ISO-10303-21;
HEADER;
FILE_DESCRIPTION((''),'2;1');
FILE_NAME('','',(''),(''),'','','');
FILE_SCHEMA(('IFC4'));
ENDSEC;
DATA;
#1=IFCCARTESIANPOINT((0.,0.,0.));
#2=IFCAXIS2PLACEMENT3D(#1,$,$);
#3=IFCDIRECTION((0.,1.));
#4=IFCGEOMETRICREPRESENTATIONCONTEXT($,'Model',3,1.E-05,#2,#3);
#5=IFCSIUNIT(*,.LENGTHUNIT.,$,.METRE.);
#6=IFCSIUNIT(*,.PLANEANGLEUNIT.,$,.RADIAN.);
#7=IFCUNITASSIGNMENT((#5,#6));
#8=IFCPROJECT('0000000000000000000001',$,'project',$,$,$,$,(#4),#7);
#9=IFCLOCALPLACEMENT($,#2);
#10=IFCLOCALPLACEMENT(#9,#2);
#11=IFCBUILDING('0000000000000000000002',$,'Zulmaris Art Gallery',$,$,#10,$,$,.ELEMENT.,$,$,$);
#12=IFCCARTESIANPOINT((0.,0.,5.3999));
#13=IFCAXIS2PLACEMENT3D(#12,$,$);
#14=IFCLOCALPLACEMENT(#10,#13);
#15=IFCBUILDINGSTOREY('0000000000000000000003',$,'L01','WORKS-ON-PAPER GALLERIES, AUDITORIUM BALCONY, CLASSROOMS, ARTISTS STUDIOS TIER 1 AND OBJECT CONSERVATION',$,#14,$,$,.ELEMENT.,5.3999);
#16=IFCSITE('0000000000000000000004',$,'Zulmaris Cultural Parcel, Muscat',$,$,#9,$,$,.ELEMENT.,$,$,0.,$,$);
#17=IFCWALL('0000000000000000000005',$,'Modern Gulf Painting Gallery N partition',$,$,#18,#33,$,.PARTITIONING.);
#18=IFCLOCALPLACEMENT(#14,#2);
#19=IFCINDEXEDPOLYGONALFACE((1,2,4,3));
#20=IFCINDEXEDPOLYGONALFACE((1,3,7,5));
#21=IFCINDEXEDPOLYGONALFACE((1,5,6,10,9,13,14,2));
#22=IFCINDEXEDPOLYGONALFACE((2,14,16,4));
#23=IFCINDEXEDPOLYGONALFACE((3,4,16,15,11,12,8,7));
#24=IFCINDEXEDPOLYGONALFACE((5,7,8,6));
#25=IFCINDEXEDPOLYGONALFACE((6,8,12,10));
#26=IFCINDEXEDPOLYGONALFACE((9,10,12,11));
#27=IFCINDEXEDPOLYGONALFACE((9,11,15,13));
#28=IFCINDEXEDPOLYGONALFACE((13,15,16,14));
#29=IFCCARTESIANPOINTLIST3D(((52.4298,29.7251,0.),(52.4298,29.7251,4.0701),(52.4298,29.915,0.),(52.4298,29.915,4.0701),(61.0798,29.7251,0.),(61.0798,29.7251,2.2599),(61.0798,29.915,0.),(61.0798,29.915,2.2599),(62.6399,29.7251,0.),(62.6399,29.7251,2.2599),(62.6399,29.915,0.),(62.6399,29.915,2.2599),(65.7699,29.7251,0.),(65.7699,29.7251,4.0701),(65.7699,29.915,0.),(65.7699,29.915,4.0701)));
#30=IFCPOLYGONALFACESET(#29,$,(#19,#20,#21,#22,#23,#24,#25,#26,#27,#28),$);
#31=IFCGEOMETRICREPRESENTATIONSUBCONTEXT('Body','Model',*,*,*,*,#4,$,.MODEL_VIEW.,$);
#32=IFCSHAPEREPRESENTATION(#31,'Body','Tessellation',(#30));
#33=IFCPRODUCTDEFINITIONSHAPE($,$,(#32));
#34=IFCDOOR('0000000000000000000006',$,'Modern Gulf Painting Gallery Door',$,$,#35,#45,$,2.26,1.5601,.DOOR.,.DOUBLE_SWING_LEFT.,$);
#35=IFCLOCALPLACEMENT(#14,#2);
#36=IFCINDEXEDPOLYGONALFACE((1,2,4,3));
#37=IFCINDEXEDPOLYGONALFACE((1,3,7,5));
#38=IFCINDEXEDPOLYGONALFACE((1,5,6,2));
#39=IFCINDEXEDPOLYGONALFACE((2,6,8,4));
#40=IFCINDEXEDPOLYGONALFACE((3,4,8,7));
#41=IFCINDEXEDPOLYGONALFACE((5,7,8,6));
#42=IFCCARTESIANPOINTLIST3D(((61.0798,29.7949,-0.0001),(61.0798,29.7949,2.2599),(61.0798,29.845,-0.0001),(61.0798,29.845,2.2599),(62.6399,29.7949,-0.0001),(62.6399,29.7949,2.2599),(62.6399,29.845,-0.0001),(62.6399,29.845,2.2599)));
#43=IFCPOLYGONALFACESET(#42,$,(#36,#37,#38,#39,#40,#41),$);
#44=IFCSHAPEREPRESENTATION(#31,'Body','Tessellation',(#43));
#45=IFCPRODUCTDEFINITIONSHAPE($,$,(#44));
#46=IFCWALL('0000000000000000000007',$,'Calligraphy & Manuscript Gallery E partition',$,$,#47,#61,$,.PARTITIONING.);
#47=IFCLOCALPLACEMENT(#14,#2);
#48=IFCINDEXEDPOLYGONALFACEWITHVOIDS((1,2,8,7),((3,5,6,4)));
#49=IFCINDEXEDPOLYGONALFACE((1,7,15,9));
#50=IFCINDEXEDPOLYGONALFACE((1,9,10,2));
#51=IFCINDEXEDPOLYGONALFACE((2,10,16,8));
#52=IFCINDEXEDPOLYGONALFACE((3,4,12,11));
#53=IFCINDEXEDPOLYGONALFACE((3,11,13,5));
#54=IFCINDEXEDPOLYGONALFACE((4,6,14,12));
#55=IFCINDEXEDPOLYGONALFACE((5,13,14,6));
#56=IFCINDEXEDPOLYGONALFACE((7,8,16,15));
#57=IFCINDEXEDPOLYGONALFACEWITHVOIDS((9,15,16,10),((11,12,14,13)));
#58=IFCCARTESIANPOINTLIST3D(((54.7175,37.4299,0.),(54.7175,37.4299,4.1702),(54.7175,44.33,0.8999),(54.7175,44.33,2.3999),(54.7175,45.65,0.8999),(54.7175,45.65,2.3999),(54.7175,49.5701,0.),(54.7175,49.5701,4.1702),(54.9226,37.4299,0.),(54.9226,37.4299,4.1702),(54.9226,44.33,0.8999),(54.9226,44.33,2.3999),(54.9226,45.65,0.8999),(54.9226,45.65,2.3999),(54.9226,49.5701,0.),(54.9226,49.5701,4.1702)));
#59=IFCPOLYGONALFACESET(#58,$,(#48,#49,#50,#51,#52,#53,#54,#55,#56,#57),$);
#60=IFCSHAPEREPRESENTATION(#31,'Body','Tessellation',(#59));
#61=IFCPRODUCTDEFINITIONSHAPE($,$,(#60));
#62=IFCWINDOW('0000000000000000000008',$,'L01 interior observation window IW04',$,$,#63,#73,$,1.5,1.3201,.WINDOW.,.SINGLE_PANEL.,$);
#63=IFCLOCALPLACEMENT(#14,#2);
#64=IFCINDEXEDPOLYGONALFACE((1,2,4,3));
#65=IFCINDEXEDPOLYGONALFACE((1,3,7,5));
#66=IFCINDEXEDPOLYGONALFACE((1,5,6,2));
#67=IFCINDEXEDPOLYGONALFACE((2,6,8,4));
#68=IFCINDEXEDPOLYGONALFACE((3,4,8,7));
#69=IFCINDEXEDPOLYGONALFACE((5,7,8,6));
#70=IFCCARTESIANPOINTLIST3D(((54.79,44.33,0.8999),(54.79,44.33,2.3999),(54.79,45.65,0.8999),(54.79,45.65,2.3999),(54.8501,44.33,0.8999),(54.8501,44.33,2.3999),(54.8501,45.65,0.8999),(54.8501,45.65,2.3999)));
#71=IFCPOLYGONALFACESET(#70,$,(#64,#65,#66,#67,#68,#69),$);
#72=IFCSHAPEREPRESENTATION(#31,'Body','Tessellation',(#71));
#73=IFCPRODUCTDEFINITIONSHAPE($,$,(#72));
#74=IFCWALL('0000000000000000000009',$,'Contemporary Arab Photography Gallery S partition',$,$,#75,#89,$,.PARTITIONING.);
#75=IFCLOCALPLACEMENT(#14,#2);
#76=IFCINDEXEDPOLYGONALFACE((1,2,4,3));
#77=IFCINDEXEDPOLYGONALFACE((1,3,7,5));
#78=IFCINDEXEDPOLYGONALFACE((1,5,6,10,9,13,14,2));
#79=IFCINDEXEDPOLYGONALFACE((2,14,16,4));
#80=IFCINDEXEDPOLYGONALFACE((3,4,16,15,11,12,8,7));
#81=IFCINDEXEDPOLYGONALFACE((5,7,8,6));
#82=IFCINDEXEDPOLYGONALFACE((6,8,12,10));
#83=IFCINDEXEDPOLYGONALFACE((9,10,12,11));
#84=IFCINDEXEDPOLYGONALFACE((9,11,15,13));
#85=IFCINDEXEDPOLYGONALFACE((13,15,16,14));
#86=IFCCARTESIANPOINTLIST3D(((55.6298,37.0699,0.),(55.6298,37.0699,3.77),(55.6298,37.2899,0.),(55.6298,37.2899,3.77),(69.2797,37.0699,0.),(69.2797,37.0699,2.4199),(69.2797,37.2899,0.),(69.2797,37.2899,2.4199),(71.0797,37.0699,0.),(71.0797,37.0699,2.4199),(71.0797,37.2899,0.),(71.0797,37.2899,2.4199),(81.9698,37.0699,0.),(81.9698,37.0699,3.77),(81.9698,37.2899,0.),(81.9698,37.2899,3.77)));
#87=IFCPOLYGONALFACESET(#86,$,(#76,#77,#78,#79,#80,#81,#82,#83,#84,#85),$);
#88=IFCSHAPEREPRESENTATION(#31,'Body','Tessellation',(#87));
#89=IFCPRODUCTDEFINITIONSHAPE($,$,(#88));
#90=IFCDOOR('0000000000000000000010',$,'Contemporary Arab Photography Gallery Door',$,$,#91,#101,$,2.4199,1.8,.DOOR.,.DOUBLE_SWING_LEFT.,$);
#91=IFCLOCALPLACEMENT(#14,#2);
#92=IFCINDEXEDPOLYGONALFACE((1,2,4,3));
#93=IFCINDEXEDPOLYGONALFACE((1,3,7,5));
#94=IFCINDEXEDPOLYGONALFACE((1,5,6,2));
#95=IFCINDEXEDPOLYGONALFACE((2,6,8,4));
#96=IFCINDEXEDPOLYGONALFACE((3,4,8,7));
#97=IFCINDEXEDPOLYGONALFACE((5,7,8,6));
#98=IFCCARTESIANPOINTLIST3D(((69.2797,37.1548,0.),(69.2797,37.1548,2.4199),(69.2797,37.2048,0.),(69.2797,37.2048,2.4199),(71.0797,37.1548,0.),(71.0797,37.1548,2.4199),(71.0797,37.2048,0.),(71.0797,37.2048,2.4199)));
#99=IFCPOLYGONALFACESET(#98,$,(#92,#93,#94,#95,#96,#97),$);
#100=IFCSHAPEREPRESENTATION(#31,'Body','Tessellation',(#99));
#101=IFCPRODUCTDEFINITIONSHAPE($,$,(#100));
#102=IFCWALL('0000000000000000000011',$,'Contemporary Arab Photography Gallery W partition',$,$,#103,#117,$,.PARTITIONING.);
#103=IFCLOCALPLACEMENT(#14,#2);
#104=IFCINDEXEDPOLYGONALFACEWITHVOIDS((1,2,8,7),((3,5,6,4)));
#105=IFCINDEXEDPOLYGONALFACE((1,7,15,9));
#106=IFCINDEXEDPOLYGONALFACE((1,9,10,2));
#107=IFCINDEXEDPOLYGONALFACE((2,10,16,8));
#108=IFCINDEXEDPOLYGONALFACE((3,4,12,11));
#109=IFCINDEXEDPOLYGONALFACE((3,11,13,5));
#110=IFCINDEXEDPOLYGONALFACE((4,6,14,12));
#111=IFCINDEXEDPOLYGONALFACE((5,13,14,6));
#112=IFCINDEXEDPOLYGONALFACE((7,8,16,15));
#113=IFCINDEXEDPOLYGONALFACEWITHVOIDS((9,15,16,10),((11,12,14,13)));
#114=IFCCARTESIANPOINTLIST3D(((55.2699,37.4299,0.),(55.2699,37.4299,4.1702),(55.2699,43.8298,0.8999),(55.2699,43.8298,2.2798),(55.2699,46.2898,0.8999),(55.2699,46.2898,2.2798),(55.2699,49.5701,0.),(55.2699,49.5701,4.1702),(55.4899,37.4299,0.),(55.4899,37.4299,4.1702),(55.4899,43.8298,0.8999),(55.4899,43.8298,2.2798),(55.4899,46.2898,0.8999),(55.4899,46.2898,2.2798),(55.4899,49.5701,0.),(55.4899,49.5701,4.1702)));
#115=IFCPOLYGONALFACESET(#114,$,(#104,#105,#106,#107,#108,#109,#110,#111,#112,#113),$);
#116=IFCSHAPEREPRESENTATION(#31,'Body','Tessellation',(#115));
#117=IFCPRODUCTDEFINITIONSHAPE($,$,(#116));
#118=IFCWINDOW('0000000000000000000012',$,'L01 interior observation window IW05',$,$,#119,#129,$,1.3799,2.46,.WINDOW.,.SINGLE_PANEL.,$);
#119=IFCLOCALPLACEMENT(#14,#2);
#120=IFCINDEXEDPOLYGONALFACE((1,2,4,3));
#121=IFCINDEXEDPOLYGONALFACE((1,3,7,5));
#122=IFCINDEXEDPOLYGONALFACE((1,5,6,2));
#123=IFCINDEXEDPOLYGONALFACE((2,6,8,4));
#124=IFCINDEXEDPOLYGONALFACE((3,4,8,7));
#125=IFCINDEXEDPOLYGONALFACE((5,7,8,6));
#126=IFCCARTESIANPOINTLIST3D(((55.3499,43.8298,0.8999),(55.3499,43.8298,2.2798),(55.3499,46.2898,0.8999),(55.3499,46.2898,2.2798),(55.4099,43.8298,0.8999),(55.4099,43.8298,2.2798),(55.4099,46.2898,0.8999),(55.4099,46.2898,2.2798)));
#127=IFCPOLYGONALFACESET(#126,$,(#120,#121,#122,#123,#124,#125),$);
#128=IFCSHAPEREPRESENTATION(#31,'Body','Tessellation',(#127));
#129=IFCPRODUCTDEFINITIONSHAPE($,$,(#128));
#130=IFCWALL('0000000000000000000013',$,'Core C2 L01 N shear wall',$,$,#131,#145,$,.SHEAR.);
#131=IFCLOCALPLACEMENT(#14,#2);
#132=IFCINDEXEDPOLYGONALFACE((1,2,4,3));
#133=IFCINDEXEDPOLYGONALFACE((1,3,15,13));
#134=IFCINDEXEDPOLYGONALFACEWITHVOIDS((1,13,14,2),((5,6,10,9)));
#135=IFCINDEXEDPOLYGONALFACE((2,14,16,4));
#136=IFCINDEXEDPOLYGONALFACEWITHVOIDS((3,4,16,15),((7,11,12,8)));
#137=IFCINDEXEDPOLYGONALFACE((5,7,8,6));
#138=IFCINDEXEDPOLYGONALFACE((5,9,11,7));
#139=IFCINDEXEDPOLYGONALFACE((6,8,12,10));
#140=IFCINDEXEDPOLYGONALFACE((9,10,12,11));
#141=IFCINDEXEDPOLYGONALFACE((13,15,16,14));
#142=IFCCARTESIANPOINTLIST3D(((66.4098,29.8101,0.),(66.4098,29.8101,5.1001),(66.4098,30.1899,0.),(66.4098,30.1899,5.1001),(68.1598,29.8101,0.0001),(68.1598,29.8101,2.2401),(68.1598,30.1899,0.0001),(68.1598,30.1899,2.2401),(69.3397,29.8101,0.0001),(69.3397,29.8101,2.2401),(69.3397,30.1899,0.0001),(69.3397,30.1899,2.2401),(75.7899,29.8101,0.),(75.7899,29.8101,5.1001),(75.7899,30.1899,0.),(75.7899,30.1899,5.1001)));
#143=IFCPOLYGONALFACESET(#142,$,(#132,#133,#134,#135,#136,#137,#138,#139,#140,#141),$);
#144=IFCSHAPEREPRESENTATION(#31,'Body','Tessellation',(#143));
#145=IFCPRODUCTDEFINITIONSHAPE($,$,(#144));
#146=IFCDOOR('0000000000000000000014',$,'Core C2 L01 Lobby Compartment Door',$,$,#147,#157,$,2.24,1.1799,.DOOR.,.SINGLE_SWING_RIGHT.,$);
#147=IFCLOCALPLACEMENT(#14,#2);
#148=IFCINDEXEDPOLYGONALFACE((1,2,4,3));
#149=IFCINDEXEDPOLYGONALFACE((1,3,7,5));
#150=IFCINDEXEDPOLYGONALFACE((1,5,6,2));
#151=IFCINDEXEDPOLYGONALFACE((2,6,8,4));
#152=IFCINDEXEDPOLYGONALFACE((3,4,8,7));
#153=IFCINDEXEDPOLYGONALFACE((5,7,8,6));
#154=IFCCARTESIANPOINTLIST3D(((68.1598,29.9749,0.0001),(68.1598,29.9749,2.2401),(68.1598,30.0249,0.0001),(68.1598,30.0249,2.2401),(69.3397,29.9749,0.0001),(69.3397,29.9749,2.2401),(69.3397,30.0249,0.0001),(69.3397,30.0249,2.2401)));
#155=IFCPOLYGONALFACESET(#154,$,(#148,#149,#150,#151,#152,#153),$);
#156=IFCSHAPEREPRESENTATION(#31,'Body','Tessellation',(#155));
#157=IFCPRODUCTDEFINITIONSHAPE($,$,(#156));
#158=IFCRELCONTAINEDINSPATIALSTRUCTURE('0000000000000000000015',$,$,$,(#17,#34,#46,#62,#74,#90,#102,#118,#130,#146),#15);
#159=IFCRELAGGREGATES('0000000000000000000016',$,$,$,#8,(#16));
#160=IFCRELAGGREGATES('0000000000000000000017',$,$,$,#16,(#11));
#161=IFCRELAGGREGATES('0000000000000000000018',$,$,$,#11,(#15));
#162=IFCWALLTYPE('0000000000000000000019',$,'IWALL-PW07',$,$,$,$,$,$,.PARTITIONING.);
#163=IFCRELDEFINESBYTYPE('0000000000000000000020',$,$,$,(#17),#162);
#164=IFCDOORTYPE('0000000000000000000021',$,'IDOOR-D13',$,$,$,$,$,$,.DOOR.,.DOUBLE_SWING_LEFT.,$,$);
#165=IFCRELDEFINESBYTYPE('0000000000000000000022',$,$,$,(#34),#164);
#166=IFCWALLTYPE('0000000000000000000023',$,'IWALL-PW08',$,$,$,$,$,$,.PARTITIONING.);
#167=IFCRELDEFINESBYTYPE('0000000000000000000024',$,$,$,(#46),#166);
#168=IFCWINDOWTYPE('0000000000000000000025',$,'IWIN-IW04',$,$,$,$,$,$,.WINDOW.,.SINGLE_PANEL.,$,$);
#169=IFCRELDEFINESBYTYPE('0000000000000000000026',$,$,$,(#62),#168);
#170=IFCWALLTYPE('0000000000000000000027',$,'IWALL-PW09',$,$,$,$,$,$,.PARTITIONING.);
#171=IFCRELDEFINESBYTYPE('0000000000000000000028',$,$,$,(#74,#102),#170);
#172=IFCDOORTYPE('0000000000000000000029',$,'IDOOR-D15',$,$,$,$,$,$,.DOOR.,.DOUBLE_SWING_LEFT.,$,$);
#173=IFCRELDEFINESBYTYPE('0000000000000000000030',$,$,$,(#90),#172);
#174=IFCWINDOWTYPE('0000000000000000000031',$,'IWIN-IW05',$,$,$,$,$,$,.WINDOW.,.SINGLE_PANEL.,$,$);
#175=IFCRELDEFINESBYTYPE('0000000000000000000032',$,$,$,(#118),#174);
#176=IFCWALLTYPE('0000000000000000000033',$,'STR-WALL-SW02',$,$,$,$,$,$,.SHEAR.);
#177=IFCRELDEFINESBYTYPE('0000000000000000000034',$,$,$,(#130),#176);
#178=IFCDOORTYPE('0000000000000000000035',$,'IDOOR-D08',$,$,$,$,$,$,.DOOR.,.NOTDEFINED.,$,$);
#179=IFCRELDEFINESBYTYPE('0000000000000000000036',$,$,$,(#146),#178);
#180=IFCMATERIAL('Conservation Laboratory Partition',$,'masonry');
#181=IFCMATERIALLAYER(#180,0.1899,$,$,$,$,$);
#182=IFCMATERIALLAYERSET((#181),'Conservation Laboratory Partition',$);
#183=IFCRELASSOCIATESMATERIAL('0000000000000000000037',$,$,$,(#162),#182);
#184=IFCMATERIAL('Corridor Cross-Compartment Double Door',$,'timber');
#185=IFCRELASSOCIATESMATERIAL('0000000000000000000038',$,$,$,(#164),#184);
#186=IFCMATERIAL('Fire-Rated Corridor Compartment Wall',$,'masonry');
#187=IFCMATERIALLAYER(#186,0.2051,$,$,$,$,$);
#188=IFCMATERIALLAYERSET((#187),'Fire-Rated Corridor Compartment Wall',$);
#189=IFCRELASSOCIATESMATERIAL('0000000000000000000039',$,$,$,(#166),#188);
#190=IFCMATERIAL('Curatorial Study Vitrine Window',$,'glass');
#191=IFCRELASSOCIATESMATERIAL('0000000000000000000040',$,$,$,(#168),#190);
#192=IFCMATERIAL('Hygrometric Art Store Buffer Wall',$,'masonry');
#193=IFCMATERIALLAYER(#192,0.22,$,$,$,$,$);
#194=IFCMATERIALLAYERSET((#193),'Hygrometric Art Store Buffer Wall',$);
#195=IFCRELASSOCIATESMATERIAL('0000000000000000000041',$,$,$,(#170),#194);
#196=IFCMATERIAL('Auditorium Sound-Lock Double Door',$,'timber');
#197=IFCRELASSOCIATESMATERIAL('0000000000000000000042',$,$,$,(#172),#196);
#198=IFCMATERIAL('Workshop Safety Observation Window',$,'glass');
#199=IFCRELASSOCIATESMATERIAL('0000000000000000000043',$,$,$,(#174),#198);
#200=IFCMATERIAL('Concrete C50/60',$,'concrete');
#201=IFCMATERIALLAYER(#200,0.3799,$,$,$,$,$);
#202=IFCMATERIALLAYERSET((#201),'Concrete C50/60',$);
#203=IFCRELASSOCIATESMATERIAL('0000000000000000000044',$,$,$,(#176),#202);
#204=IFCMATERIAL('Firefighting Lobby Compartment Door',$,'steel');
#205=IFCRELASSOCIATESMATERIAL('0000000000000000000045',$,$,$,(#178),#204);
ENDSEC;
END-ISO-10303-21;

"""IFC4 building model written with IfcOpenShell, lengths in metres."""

from ifc_helpers import new_model, si_unit, direction, frame, frame_2d, origin, place, context, subcontext, project, spatial, rectangle, extrude, material, layer, layer_set, type_object, element, fill, save


model = new_model("IFC4")

# Units and contexts
model_context = context("Model", 3, precision=1e-05, world=origin(), true_north=direction((0.0, 1.0)))
body_context = subcontext(model_context, "Body", "Model", "MODEL_VIEW")
ifc_project = project(units=[si_unit("LENGTHUNIT", "METRE"), si_unit("PLANEANGLEUNIT", "RADIAN")], contexts=[model_context])

# Site, building, storey
site_placement = place(None, origin())
site = spatial("IfcSite", under=ifc_project, at=site_placement, Name="Zulmaris Cultural Parcel, Muscat", CompositionType="ELEMENT", RefElevation=0.0)
building_placement = place(site_placement, origin())
building = spatial("IfcBuilding", under=site, at=building_placement, Name="Zulmaris Art Gallery", CompositionType="ELEMENT")
storey_placement = place(building_placement, frame((0.0, 0.0, 5.3999)))
storey = spatial("IfcBuildingStorey", under=building, at=storey_placement, Name="L01", Description="WORKS-ON-PAPER GALLERIES, AUDITORIUM BALCONY, CLASSROOMS, ARTISTS STUDIOS TIER 1 AND OBJECT CONSERVATION", CompositionType="ELEMENT", Elevation=5.3999)

# Wall, opening, door
ifc_material_1 = material(Name="Conservation Laboratory Partition", Category="masonry")
ifc_layer_1 = layer(ifc_material_1, 0.1899)
ifc_layer_set_1 = layer_set([ifc_layer_1], Name="Conservation Laboratory Partition")
wall_type_1 = type_object("IfcWallType", Name="IWALL-PW07", PredefinedType="PARTITIONING", material=ifc_layer_set_1)
wall_1_placement = place(storey_placement, frame((52.4299, 29.8201, 0.0), z_axis=(0.0, 0.0, 1.0), x_axis=(1.0, 0.0, 0.0)))
wall_1 = element("IfcWall", 1, at=wall_1_placement, inside=storey, type_object=wall_type_1, Name="Modern Gulf Painting Gallery N partition", PredefinedType="PARTITIONING", context=body_context, shape_type="SweptSolid", body=[
    extrude(rectangle(XDim=13.3401, YDim=0.1899, at=frame_2d((6.6699, 0.0))), origin(), (0.0, 0.0, 1.0), 4.0701),
])
opening_1_placement = place(wall_1_placement, frame((8.6499, 0.0, 0.0)))
opening_1 = element("IfcOpeningElement", 2, at=opening_1_placement, cuts=wall_1, PredefinedType="OPENING", context=body_context, shape_type="SweptSolid", body=[
    extrude(rectangle(XDim=1.5601, YDim=2.26, at=frame_2d((0.78, 1.1299))), frame((0.0, 0.105, 0.0), z_axis=(0.0, -1.0, 0.0), x_axis=(1.0, 0.0, 0.0)), (0.0, 0.0, 1.0), 0.21),
])
ifc_material_2 = material(Name="Corridor Cross-Compartment Double Door", Category="timber")
door_type_1 = type_object("IfcDoorType", Name="IDOOR-D13", OperationType="DOUBLE_SWING_LEFT", PredefinedType="DOOR", material=ifc_material_2)
door_1_placement = place(opening_1_placement, origin())
door_1 = element("IfcDoor", 3, at=door_1_placement, inside=storey, type_object=door_type_1, Name="Modern Gulf Painting Gallery Door", OperationType="DOUBLE_SWING_LEFT", OverallHeight=2.26, OverallWidth=1.5601, PredefinedType="DOOR", context=body_context, shape_type="SweptSolid", body=[
    extrude(rectangle(XDim=1.5601, YDim=2.26, at=frame_2d((0.78, 1.1299))), frame((0.0, 0.0249, 0.0), z_axis=(0.0, -1.0, 0.0), x_axis=(1.0, 0.0, 0.0)), (0.0, 0.0, 1.0), 0.05),
])
fill(opening_1, door_1)

# Wall, opening, window
ifc_material_3 = material(Name="Fire-Rated Corridor Compartment Wall", Category="masonry")
ifc_layer_2 = layer(ifc_material_3, 0.2051)
ifc_layer_set_2 = layer_set([ifc_layer_2], Name="Fire-Rated Corridor Compartment Wall")
wall_type_2 = type_object("IfcWallType", Name="IWALL-PW08", PredefinedType="PARTITIONING", material=ifc_layer_set_2)
wall_2_placement = place(storey_placement, frame((54.8201, 37.4299, 0.0), z_axis=(0.0, 0.0, 1.0), x_axis=(0.0, 1.0, 0.0)))
wall_2 = element("IfcWall", 4, at=wall_2_placement, inside=storey, type_object=wall_type_2, Name="Calligraphy & Manuscript Gallery E partition", PredefinedType="PARTITIONING", context=body_context, shape_type="SweptSolid", body=[
    extrude(rectangle(XDim=12.1401, YDim=0.2051, at=frame_2d((6.0701, 0.0))), origin(), (0.0, 0.0, 1.0), 4.1702),
])
opening_2_placement = place(wall_2_placement, frame((6.8999, 0.0, 0.8999)))
opening_2 = element("IfcOpeningElement", 5, at=opening_2_placement, cuts=wall_2, PredefinedType="OPENING", context=body_context, shape_type="SweptSolid", body=[
    extrude(rectangle(XDim=1.3201, YDim=1.5, at=frame_2d((0.6602, 0.75))), frame((0.0, 0.1125, 0.0), z_axis=(0.0, -1.0, 0.0), x_axis=(1.0, 0.0, 0.0)), (0.0, 0.0, 1.0), 0.2251),
])
ifc_material_4 = material(Name="Curatorial Study Vitrine Window", Category="glass")
window_type_1 = type_object("IfcWindowType", Name="IWIN-IW04", PartitioningType="SINGLE_PANEL", PredefinedType="WINDOW", material=ifc_material_4)
window_1_placement = place(opening_2_placement, origin())
window_1 = element("IfcWindow", 6, at=window_1_placement, inside=storey, type_object=window_type_1, Name="L01 interior observation window IW04", OverallHeight=1.5, OverallWidth=1.3201, PartitioningType="SINGLE_PANEL", PredefinedType="WINDOW", context=body_context, shape_type="SweptSolid", body=[
    extrude(rectangle(XDim=1.3201, YDim=1.5, at=frame_2d((0.6602, 0.75))), frame((0.0, 0.03, 0.0), z_axis=(0.0, -1.0, 0.0), x_axis=(1.0, 0.0, 0.0)), (0.0, 0.0, 1.0), 0.0601),
])
fill(opening_2, window_1)

# Wall, opening, door
ifc_material_5 = material(Name="Hygrometric Art Store Buffer Wall", Category="masonry")
ifc_layer_3 = layer(ifc_material_5, 0.22)
ifc_layer_set_3 = layer_set([ifc_layer_3], Name="Hygrometric Art Store Buffer Wall")
wall_type_3 = type_object("IfcWallType", Name="IWALL-PW09", PredefinedType="PARTITIONING", material=ifc_layer_set_3)
wall_3_placement = place(storey_placement, frame((55.6299, 37.1799, 0.0), z_axis=(0.0, 0.0, 1.0), x_axis=(1.0, 0.0, 0.0)))
wall_3 = element("IfcWall", 7, at=wall_3_placement, inside=storey, type_object=wall_type_3, Name="Contemporary Arab Photography Gallery S partition", PredefinedType="PARTITIONING", context=body_context, shape_type="SweptSolid", body=[
    extrude(rectangle(XDim=26.3401, YDim=0.22, at=frame_2d((13.1699, 0.0))), origin(), (0.0, 0.0, 1.0), 3.77),
])
opening_3_placement = place(wall_3_placement, frame((13.6499, 0.0, 0.0)))
opening_3 = element("IfcOpeningElement", 8, at=opening_3_placement, cuts=wall_3, PredefinedType="OPENING", context=body_context, shape_type="SweptSolid", body=[
    extrude(rectangle(XDim=1.8, YDim=2.4199, at=frame_2d((0.8999, 1.21))), frame((0.0, 0.1199, 0.0), z_axis=(0.0, -1.0, 0.0), x_axis=(1.0, 0.0, 0.0)), (0.0, 0.0, 1.0), 0.24),
])
ifc_material_6 = material(Name="Auditorium Sound-Lock Double Door", Category="timber")
door_type_2 = type_object("IfcDoorType", Name="IDOOR-D15", OperationType="DOUBLE_SWING_LEFT", PredefinedType="DOOR", material=ifc_material_6)
door_2_placement = place(opening_3_placement, origin())
door_2 = element("IfcDoor", 9, at=door_2_placement, inside=storey, type_object=door_type_2, Name="Contemporary Arab Photography Gallery Door", OperationType="DOUBLE_SWING_LEFT", OverallHeight=2.4199, OverallWidth=1.8, PredefinedType="DOOR", context=body_context, shape_type="SweptSolid", body=[
    extrude(rectangle(XDim=1.8, YDim=2.4199, at=frame_2d((0.8999, 1.21))), frame((0.0, 0.0249, 0.0), z_axis=(0.0, -1.0, 0.0), x_axis=(1.0, 0.0, 0.0)), (0.0, 0.0, 1.0), 0.05),
])
fill(opening_3, door_2)

# Wall, opening, window
wall_4_placement = place(storey_placement, frame((55.3799, 37.4299, 0.0), z_axis=(0.0, 0.0, 1.0), x_axis=(0.0, 1.0, 0.0)))
wall_4 = element("IfcWall", 10, at=wall_4_placement, inside=storey, type_object=wall_type_3, Name="Contemporary Arab Photography Gallery W partition", PredefinedType="PARTITIONING", context=body_context, shape_type="SweptSolid", body=[
    extrude(rectangle(XDim=12.1401, YDim=0.22, at=frame_2d((6.0701, 0.0))), origin(), (0.0, 0.0, 1.0), 4.1702),
])
opening_4_placement = place(wall_4_placement, frame((6.3999, 0.0, 0.8999)))
opening_4 = element("IfcOpeningElement", 11, at=opening_4_placement, cuts=wall_4, PredefinedType="OPENING", context=body_context, shape_type="SweptSolid", body=[
    extrude(rectangle(XDim=2.46, YDim=1.3799, at=frame_2d((1.23, 0.6899))), frame((0.0, 0.1199, 0.0), z_axis=(0.0, -1.0, 0.0), x_axis=(1.0, 0.0, 0.0)), (0.0, 0.0, 1.0), 0.24),
])
ifc_material_7 = material(Name="Workshop Safety Observation Window", Category="glass")
window_type_2 = type_object("IfcWindowType", Name="IWIN-IW05", PartitioningType="SINGLE_PANEL", PredefinedType="WINDOW", material=ifc_material_7)
window_2_placement = place(opening_4_placement, origin())
window_2 = element("IfcWindow", 12, at=window_2_placement, inside=storey, type_object=window_type_2, Name="L01 interior observation window IW05", OverallHeight=1.3799, OverallWidth=2.46, PartitioningType="SINGLE_PANEL", PredefinedType="WINDOW", context=body_context, shape_type="SweptSolid", body=[
    extrude(rectangle(XDim=2.46, YDim=1.3799, at=frame_2d((1.23, 0.6899))), frame((0.0, 0.03, 0.0), z_axis=(0.0, -1.0, 0.0), x_axis=(1.0, 0.0, 0.0)), (0.0, 0.0, 1.0), 0.0601),
])
fill(opening_4, window_2)

# Wall, opening, door
ifc_material_8 = material(Name="Concrete C50/60", Category="concrete")
ifc_layer_4 = layer(ifc_material_8, 0.3799)
ifc_layer_set_4 = layer_set([ifc_layer_4], Name="Concrete C50/60")
wall_type_4 = type_object("IfcWallType", Name="STR-WALL-SW02", PredefinedType="SHEAR", material=ifc_layer_set_4)
wall_5_placement = place(storey_placement, frame((66.4099, 30.0, 0.0), z_axis=(0.0, 0.0, 1.0), x_axis=(1.0, 0.0, 0.0)))
wall_5 = element("IfcWall", 13, at=wall_5_placement, inside=storey, type_object=wall_type_4, Name="Core C2 L01 N shear wall", PredefinedType="SHEAR", context=body_context, shape_type="SweptSolid", body=[
    extrude(rectangle(XDim=9.3801, YDim=0.3799, at=frame_2d((4.6899, 0.0))), origin(), (0.0, 0.0, 1.0), 5.1001),
])
opening_5_placement = place(wall_5_placement, frame((1.75, 0.0, 0.0)))
opening_5 = element("IfcOpeningElement", 14, at=opening_5_placement, cuts=wall_5, PredefinedType="OPENING", context=body_context, shape_type="SweptSolid", body=[
    extrude(rectangle(XDim=1.1799, YDim=2.24, at=frame_2d((0.5898, 1.1201))), frame((0.0, 0.2, 0.0), z_axis=(0.0, -1.0, 0.0), x_axis=(1.0, 0.0, 0.0)), (0.0, 0.0, 1.0), 0.3999),
])
ifc_material_9 = material(Name="Firefighting Lobby Compartment Door", Category="steel")
door_type_3 = type_object("IfcDoorType", Name="IDOOR-D08", OperationType="NOTDEFINED", PredefinedType="DOOR", material=ifc_material_9)
door_3_placement = place(opening_5_placement, origin())
door_3 = element("IfcDoor", 15, at=door_3_placement, inside=storey, type_object=door_type_3, Name="Core C2 L01 Lobby Compartment Door", OperationType="SINGLE_SWING_RIGHT", OverallHeight=2.24, OverallWidth=1.1799, PredefinedType="DOOR", context=body_context, shape_type="SweptSolid", body=[
    extrude(rectangle(XDim=1.1799, YDim=2.24, at=frame_2d((0.5898, 1.1201))), frame((0.0, 0.0249, 0.0), z_axis=(0.0, -1.0, 0.0), x_axis=(1.0, 0.0, 0.0)), (0.0, 0.0, 1.0), 0.05),
])
fill(opening_5, door_3)

save(model, "model.ifc")
